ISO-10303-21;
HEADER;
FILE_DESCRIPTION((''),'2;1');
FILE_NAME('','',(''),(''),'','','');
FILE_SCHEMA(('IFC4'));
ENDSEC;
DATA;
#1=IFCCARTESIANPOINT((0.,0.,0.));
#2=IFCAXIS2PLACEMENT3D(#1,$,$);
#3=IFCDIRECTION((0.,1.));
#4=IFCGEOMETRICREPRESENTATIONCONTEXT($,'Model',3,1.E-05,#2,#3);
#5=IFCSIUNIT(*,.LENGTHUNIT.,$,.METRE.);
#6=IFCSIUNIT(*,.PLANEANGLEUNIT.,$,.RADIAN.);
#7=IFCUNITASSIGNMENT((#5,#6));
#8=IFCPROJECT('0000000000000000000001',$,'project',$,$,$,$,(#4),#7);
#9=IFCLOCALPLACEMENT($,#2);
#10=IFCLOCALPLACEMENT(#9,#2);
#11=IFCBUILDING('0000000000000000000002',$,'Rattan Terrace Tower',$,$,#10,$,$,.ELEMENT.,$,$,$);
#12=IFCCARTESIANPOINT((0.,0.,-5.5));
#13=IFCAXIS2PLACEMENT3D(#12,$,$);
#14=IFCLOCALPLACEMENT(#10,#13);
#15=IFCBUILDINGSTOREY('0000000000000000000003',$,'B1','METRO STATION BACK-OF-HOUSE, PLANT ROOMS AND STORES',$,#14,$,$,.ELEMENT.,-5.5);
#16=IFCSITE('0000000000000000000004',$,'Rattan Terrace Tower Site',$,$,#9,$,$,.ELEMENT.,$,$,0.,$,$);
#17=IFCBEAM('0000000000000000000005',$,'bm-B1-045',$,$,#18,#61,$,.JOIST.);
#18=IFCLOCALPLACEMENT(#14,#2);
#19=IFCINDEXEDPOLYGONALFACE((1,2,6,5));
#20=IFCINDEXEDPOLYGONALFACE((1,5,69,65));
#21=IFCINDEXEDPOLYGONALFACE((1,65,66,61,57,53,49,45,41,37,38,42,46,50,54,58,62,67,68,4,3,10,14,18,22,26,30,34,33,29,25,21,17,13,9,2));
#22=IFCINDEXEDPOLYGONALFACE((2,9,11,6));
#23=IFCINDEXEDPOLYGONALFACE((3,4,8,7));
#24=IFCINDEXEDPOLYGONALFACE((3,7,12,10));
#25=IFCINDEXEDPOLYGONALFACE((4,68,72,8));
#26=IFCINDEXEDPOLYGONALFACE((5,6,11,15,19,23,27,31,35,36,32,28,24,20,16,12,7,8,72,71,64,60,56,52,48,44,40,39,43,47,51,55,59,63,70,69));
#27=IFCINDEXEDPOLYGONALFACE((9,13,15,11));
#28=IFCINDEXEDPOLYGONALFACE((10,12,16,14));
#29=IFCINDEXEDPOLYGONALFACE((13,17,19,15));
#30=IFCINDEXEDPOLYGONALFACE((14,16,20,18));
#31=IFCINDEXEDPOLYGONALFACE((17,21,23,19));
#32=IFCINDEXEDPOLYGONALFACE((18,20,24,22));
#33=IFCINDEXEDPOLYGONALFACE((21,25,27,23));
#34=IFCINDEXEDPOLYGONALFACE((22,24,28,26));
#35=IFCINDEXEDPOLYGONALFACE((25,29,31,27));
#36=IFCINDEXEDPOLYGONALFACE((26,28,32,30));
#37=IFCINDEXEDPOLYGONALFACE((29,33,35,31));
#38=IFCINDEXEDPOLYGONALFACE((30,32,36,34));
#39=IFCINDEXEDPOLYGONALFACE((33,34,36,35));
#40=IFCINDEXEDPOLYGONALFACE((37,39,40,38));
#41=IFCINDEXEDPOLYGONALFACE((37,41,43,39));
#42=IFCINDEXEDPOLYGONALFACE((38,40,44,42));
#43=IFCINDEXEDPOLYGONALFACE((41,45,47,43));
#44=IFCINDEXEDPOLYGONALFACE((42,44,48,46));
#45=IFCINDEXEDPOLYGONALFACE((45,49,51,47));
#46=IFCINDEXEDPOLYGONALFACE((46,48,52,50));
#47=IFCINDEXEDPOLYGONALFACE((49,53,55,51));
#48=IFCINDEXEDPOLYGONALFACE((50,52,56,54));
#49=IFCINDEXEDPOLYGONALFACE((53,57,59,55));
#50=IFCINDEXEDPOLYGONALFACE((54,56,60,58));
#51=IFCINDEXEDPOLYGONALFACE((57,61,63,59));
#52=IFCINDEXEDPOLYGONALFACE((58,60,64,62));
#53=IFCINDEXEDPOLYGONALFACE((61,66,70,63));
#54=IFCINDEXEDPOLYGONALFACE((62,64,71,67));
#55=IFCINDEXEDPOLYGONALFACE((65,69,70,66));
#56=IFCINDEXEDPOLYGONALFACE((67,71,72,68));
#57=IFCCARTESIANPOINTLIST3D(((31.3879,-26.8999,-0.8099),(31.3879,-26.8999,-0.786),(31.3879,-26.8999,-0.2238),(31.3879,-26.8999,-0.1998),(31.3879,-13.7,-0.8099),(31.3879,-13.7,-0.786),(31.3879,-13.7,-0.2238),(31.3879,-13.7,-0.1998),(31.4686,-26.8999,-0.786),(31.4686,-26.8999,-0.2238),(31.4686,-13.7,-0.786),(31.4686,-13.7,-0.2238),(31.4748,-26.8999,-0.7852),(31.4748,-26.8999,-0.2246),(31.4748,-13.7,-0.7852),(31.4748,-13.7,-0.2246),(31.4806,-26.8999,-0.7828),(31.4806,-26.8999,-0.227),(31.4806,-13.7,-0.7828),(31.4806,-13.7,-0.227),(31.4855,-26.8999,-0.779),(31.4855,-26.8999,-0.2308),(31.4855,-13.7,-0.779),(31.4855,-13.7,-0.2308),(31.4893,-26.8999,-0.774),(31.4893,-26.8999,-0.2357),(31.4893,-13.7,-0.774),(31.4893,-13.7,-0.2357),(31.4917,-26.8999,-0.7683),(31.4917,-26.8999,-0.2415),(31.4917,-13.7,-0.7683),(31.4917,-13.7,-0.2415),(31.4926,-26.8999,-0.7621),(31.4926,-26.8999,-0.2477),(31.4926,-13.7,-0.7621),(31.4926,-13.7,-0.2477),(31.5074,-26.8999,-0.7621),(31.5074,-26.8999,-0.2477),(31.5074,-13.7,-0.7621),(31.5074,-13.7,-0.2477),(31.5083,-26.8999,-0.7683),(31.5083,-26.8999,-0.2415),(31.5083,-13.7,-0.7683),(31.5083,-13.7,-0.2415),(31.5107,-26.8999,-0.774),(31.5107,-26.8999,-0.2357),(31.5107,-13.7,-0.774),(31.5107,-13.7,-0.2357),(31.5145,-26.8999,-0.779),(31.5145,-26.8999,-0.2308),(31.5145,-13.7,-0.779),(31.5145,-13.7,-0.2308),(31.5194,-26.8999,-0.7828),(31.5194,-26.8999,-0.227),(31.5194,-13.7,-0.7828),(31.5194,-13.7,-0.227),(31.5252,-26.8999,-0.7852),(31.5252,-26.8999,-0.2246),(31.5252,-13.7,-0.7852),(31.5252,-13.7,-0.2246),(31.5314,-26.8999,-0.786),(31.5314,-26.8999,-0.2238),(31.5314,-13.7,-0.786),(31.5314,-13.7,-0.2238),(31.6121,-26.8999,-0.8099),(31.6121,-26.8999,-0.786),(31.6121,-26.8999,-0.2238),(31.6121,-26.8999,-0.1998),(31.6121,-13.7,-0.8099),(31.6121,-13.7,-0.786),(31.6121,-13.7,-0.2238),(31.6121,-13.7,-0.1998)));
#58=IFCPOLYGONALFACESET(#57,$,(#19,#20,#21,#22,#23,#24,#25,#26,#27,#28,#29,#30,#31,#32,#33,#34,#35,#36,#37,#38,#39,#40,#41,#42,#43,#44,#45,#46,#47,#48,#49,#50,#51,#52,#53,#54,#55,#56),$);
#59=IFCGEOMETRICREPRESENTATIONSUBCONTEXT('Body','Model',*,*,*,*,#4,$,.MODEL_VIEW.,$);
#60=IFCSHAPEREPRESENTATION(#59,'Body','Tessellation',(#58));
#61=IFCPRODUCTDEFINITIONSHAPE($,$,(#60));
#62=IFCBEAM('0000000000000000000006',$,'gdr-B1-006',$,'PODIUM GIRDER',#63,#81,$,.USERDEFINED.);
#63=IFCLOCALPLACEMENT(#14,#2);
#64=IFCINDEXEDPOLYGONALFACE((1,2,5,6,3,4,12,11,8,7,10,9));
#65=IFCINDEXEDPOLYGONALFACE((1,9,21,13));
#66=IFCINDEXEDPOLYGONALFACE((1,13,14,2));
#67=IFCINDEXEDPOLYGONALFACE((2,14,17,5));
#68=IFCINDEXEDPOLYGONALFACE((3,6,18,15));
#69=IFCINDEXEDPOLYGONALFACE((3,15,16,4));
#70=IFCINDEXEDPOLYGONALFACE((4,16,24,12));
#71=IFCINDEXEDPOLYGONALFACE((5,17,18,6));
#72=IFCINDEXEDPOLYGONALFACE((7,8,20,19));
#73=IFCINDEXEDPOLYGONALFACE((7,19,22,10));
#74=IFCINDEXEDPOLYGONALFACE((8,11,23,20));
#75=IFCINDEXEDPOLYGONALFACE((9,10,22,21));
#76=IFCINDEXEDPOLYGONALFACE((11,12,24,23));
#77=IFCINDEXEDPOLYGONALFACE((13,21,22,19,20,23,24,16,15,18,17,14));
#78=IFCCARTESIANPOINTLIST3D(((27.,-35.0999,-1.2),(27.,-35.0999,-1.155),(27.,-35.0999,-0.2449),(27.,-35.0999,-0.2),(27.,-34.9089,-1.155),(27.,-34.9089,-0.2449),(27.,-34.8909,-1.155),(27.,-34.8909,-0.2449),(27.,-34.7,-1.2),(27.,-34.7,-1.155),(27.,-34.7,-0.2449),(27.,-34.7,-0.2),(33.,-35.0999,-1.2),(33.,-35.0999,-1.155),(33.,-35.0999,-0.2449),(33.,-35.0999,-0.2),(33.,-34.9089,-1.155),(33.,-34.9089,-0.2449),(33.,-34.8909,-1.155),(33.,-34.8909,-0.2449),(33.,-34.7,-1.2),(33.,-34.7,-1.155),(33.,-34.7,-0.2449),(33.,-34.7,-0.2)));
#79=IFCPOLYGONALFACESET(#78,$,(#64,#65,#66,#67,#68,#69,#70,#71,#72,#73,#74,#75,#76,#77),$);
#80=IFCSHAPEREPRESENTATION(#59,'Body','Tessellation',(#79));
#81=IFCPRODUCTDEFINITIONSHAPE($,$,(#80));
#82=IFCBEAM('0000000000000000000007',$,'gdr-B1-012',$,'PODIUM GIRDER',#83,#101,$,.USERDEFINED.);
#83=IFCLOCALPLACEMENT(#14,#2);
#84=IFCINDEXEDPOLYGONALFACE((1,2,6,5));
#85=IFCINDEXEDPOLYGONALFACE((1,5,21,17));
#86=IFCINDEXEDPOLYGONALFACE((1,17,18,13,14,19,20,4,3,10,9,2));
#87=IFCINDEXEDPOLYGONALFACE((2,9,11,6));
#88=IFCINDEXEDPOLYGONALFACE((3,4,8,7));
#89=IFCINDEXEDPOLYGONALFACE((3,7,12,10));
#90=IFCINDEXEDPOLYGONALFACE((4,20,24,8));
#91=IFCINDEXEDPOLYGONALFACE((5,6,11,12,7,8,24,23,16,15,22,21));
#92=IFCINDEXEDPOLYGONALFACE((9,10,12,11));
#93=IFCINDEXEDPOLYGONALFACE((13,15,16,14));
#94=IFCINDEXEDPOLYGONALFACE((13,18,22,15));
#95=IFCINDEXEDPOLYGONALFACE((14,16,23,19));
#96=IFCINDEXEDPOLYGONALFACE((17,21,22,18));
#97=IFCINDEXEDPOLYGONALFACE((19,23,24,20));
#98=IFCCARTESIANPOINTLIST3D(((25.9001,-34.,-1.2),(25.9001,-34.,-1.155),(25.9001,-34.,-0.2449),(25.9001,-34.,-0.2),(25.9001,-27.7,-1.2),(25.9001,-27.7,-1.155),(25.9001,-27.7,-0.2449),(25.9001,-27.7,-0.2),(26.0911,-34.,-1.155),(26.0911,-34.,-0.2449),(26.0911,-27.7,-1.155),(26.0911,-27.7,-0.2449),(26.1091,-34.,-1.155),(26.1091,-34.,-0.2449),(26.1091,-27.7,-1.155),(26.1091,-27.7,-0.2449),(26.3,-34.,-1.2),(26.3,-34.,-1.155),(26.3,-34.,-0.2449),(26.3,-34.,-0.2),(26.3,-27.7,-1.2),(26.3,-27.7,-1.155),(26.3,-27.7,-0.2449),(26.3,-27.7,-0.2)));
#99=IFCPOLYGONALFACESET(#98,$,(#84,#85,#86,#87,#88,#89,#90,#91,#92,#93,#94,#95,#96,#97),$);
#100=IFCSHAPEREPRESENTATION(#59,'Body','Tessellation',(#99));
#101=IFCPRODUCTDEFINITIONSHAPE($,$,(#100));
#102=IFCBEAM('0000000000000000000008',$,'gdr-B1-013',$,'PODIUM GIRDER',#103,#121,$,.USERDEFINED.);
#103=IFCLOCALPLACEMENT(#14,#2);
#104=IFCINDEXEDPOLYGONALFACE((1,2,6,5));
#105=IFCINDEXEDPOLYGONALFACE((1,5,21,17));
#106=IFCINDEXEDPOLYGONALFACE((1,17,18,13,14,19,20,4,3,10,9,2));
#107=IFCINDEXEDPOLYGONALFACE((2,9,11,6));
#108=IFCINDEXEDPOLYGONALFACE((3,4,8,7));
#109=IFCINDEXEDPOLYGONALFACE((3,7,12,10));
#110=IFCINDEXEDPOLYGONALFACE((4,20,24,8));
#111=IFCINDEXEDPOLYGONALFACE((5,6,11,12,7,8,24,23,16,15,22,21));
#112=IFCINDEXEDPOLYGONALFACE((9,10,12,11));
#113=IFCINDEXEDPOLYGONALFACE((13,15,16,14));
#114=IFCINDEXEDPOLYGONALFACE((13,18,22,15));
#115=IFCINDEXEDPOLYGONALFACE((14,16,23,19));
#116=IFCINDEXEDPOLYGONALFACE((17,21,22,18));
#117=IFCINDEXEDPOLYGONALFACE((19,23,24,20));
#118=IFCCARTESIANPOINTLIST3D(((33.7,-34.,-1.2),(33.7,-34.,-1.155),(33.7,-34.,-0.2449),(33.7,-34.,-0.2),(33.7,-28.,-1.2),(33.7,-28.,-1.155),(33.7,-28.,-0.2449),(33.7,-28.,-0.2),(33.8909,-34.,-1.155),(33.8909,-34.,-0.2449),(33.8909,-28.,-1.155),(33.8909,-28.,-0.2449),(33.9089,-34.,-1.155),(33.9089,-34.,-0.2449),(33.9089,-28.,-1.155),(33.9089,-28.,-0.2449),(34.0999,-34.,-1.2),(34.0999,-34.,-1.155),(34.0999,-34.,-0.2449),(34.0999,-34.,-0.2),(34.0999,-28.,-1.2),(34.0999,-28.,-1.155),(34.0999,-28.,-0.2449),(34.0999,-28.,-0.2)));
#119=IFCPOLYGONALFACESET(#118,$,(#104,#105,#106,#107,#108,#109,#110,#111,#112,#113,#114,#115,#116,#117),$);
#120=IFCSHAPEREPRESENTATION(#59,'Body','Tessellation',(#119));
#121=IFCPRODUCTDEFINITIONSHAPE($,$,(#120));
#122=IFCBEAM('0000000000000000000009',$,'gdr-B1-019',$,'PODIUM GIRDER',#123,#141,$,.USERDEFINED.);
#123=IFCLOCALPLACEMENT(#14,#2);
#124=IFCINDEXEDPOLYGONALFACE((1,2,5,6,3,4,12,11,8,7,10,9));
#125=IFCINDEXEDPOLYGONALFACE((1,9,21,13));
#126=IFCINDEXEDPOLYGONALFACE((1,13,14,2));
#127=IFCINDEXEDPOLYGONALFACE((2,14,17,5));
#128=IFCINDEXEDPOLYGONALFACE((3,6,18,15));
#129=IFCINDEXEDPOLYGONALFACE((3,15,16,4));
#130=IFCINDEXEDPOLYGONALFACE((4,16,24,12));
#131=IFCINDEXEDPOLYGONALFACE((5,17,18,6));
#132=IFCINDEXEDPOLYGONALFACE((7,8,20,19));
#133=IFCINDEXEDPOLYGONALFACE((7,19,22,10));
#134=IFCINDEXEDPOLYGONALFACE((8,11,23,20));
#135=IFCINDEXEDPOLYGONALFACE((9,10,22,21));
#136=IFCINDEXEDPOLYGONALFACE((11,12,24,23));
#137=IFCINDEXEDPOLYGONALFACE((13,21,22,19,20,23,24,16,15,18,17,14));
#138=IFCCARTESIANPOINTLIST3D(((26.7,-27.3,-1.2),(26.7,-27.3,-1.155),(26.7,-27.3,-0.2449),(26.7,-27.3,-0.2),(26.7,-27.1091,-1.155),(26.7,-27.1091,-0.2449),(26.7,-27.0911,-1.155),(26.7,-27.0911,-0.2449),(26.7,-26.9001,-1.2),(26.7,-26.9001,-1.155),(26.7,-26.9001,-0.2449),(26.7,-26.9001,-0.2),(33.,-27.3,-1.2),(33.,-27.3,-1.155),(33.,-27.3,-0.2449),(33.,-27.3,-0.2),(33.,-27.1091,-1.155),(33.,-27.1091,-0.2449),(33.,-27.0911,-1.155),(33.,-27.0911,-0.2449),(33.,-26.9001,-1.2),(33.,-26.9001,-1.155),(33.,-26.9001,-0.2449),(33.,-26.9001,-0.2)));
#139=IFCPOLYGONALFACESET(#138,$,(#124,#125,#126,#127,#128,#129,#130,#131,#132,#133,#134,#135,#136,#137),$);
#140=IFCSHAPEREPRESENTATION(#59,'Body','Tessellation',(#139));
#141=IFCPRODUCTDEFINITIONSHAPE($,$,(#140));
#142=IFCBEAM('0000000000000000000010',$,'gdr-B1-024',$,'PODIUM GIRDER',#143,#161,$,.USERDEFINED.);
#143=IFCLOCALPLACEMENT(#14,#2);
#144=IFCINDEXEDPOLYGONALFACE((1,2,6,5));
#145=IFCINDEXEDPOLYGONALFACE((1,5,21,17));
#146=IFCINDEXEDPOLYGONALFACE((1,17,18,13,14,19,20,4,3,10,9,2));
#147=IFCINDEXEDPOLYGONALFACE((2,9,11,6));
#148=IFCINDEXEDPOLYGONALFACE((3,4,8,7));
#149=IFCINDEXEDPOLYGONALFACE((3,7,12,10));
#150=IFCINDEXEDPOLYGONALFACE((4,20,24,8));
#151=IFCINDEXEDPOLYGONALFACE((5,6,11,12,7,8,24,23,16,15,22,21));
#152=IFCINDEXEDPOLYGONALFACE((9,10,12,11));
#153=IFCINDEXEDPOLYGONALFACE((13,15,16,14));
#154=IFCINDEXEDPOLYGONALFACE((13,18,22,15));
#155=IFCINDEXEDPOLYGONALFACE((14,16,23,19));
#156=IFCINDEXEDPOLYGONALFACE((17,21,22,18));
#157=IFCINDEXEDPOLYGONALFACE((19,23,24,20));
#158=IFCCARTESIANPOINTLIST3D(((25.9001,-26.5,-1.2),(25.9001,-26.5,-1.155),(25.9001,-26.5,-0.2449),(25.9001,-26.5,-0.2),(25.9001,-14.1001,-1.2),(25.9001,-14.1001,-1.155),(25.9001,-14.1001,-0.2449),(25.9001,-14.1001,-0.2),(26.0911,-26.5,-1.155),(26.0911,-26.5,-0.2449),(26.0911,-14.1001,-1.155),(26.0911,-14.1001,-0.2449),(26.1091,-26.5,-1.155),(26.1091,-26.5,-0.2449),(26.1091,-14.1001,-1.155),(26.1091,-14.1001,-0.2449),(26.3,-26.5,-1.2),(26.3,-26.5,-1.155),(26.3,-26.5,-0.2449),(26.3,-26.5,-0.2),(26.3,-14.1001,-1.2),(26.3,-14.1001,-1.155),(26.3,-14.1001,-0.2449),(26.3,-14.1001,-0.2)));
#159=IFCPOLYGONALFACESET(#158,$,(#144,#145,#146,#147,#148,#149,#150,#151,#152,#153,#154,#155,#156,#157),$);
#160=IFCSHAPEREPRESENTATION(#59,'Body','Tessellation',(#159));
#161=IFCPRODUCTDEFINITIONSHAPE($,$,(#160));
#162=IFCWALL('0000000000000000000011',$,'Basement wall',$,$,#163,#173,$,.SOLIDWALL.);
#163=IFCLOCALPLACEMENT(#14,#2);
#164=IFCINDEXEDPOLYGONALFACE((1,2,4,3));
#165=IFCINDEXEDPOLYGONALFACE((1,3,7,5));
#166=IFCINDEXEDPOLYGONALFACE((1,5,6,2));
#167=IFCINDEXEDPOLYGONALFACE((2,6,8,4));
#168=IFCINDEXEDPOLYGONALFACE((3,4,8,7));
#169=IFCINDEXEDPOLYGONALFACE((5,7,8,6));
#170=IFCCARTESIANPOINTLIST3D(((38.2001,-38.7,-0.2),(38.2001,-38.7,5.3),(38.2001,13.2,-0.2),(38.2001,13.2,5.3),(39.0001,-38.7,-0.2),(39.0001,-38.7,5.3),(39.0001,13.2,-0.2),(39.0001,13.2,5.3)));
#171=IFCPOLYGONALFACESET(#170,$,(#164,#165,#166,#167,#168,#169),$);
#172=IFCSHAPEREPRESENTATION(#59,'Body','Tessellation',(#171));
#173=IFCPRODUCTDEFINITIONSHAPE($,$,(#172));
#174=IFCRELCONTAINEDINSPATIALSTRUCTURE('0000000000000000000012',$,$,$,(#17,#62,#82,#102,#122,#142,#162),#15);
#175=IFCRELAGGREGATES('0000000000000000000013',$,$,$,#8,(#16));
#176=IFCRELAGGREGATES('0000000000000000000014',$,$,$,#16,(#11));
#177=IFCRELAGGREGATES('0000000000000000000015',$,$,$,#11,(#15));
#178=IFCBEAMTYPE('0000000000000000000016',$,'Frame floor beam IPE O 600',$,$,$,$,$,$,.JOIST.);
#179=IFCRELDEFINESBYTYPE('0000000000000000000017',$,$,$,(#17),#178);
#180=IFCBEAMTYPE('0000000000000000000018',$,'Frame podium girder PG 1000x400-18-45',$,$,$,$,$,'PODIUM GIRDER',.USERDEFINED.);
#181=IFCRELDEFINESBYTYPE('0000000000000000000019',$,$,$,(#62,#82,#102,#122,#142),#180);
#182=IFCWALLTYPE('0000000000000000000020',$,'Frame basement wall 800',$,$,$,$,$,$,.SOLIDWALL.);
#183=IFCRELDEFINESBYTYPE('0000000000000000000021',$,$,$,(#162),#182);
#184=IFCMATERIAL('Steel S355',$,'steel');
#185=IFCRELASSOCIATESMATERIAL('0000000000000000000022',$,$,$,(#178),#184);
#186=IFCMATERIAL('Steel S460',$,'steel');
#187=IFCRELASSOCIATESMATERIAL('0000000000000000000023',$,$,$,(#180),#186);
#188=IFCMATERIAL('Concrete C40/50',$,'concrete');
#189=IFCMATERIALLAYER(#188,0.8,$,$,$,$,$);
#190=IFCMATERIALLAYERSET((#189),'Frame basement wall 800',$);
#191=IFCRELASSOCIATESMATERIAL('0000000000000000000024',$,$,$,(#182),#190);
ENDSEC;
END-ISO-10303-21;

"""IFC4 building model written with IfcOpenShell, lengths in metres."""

from ifc_helpers import new_model, si_unit, direction, frame, frame_2d, origin, origin_2d, place, context, subcontext, project, spatial, rectangle, i_section, extrude, material, layer, layer_set, material_profile, profile_set, type_object, element, save


model = new_model("IFC4")

# Units and contexts
model_context = context("Model", 3, precision=1e-05, world=origin(), true_north=direction((0.0, 1.0)))
body_context = subcontext(model_context, "Body", "Model", "MODEL_VIEW")
ifc_project = project(units=[si_unit("LENGTHUNIT", "METRE"), si_unit("PLANEANGLEUNIT", "RADIAN")], contexts=[model_context])

# Site, building, storey
site_placement = place(None, origin())
site = spatial("IfcSite", under=ifc_project, at=site_placement, Name="Rattan Terrace Tower Site", CompositionType="ELEMENT", RefElevation=0.0)
building_placement = place(site_placement, origin())
building = spatial("IfcBuilding", under=site, at=building_placement, Name="Rattan Terrace Tower", CompositionType="ELEMENT")
storey_placement = place(building_placement, frame((0.0, 0.0, -5.5)))
storey = spatial("IfcBuildingStorey", under=building, at=storey_placement, Name="B1", Description="METRO STATION BACK-OF-HOUSE, PLANT ROOMS AND STORES", CompositionType="ELEMENT", Elevation=-5.5)

# Beams
ifc_material_1 = material(Name="Steel S355", Category="steel")
ifc_material_profile_1 = material_profile(ifc_material_1, i_section(OverallWidth=0.2241, OverallDepth=0.6101, WebThickness=0.0149, FlangeThickness=0.0239, FilletRadius=0.0239, at=origin_2d()), Name="IPE O 600")
ifc_profile_set_1 = profile_set([ifc_material_profile_1], Name="Steel S355")
beam_type_1 = type_object("IfcBeamType", Name="Frame floor beam IPE O 600", PredefinedType="JOIST", material=ifc_profile_set_1)
for number, where, z_axis, x_axis, name in (
    (1, (31.5, -26.8999, -0.5049), (0.0, 1.0, 0.0), (-1.0, 0.0, 0.0), "bm-B1-045"),
):
    element("IfcBeam", number, at=place(storey_placement, frame(where, z_axis=z_axis, x_axis=x_axis)), inside=storey, type_object=beam_type_1, Name=name, PredefinedType="JOIST", context=body_context, shape_type="SweptSolid", body=[
        extrude(i_section(OverallWidth=0.2241, OverallDepth=0.6101, WebThickness=0.0149, FlangeThickness=0.0239, FilletRadius=0.0239, at=origin_2d()), origin(), (0.0, 0.0, 1.0), 13.2),
    ])
ifc_material_2 = material(Name="Steel S460", Category="steel")
ifc_material_profile_2 = material_profile(ifc_material_2, i_section(OverallWidth=0.3999, OverallDepth=1.0, WebThickness=0.0181, FlangeThickness=0.0449, at=origin_2d()), Name="PG 1000x400-18-45")
ifc_profile_set_2 = profile_set([ifc_material_profile_2], Name="Steel S460")
beam_type_2 = type_object("IfcBeamType", Name="Frame podium girder PG 1000x400-18-45", ElementType="PODIUM GIRDER", PredefinedType="USERDEFINED", material=ifc_profile_set_2)
beam_1_placement = place(storey_placement, frame((27.0, -34.8999, -0.7), z_axis=(1.0, 0.0, 0.0), x_axis=(0.0, 1.0, 0.0)))
element("IfcBeam", 2, at=beam_1_placement, inside=storey, type_object=beam_type_2, Name="gdr-B1-006", ObjectType="PODIUM GIRDER", PredefinedType="USERDEFINED", context=body_context, shape_type="SweptSolid", body=[
    extrude(i_section(OverallWidth=0.3999, OverallDepth=1.0, WebThickness=0.0181, FlangeThickness=0.0449, at=origin_2d()), origin(), (0.0, 0.0, 1.0), 6.0),
])
beam_2_placement = place(storey_placement, frame((26.1001, -34.0, -0.7), z_axis=(0.0, 1.0, 0.0), x_axis=(-1.0, 0.0, 0.0)))
element("IfcBeam", 3, at=beam_2_placement, inside=storey, type_object=beam_type_2, Name="gdr-B1-012", ObjectType="PODIUM GIRDER", PredefinedType="USERDEFINED", context=body_context, shape_type="SweptSolid", body=[
    extrude(i_section(OverallWidth=0.3999, OverallDepth=1.0, WebThickness=0.0181, FlangeThickness=0.0449, at=origin_2d()), origin(), (0.0, 0.0, 1.0), 6.3),
])
beam_3_placement = place(storey_placement, frame((33.8999, -34.0, -0.7), z_axis=(0.0, 1.0, 0.0), x_axis=(-1.0, 0.0, 0.0)))
element("IfcBeam", 4, at=beam_3_placement, inside=storey, type_object=beam_type_2, Name="gdr-B1-013", ObjectType="PODIUM GIRDER", PredefinedType="USERDEFINED", context=body_context, shape_type="SweptSolid", body=[
    extrude(i_section(OverallWidth=0.3999, OverallDepth=1.0, WebThickness=0.0181, FlangeThickness=0.0449, at=origin_2d()), origin(), (0.0, 0.0, 1.0), 6.0),
])
beam_4_placement = place(storey_placement, frame((26.7, -27.1001, -0.7), z_axis=(1.0, 0.0, 0.0), x_axis=(0.0, 1.0, 0.0)))
element("IfcBeam", 5, at=beam_4_placement, inside=storey, type_object=beam_type_2, Name="gdr-B1-019", ObjectType="PODIUM GIRDER", PredefinedType="USERDEFINED", context=body_context, shape_type="SweptSolid", body=[
    extrude(i_section(OverallWidth=0.3999, OverallDepth=1.0, WebThickness=0.0181, FlangeThickness=0.0449, at=origin_2d()), origin(), (0.0, 0.0, 1.0), 6.3),
])
beam_5_placement = place(storey_placement, frame((26.1001, -26.5, -0.7), z_axis=(0.0, 1.0, 0.0), x_axis=(-1.0, 0.0, 0.0)))
element("IfcBeam", 6, at=beam_5_placement, inside=storey, type_object=beam_type_2, Name="gdr-B1-024", ObjectType="PODIUM GIRDER", PredefinedType="USERDEFINED", context=body_context, shape_type="SweptSolid", body=[
    extrude(i_section(OverallWidth=0.3999, OverallDepth=1.0, WebThickness=0.0181, FlangeThickness=0.0449, at=origin_2d()), origin(), (0.0, 0.0, 1.0), 12.3999),
])

# Wall
ifc_material_3 = material(Name="Concrete C40/50", Category="concrete")
ifc_layer = layer(ifc_material_3, 0.8)
ifc_layer_set = layer_set([ifc_layer], Name="Frame basement wall 800")
wall_type = type_object("IfcWallType", Name="Frame basement wall 800", PredefinedType="SOLIDWALL", material=ifc_layer_set)
wall_placement = place(storey_placement, frame((38.6001, -38.7, -0.2), z_axis=(0.0, 0.0, 1.0), x_axis=(0.0, 1.0, 0.0)))
element("IfcWall", 7, at=wall_placement, inside=storey, type_object=wall_type, Name="Basement wall", PredefinedType="SOLIDWALL", context=body_context, shape_type="SweptSolid", body=[
    extrude(rectangle(XDim=51.8999, YDim=0.8, at=frame_2d((25.95, 0.0))), origin(), (0.0, 0.0, 1.0), 5.5),
])

save(model, "model.ifc")
